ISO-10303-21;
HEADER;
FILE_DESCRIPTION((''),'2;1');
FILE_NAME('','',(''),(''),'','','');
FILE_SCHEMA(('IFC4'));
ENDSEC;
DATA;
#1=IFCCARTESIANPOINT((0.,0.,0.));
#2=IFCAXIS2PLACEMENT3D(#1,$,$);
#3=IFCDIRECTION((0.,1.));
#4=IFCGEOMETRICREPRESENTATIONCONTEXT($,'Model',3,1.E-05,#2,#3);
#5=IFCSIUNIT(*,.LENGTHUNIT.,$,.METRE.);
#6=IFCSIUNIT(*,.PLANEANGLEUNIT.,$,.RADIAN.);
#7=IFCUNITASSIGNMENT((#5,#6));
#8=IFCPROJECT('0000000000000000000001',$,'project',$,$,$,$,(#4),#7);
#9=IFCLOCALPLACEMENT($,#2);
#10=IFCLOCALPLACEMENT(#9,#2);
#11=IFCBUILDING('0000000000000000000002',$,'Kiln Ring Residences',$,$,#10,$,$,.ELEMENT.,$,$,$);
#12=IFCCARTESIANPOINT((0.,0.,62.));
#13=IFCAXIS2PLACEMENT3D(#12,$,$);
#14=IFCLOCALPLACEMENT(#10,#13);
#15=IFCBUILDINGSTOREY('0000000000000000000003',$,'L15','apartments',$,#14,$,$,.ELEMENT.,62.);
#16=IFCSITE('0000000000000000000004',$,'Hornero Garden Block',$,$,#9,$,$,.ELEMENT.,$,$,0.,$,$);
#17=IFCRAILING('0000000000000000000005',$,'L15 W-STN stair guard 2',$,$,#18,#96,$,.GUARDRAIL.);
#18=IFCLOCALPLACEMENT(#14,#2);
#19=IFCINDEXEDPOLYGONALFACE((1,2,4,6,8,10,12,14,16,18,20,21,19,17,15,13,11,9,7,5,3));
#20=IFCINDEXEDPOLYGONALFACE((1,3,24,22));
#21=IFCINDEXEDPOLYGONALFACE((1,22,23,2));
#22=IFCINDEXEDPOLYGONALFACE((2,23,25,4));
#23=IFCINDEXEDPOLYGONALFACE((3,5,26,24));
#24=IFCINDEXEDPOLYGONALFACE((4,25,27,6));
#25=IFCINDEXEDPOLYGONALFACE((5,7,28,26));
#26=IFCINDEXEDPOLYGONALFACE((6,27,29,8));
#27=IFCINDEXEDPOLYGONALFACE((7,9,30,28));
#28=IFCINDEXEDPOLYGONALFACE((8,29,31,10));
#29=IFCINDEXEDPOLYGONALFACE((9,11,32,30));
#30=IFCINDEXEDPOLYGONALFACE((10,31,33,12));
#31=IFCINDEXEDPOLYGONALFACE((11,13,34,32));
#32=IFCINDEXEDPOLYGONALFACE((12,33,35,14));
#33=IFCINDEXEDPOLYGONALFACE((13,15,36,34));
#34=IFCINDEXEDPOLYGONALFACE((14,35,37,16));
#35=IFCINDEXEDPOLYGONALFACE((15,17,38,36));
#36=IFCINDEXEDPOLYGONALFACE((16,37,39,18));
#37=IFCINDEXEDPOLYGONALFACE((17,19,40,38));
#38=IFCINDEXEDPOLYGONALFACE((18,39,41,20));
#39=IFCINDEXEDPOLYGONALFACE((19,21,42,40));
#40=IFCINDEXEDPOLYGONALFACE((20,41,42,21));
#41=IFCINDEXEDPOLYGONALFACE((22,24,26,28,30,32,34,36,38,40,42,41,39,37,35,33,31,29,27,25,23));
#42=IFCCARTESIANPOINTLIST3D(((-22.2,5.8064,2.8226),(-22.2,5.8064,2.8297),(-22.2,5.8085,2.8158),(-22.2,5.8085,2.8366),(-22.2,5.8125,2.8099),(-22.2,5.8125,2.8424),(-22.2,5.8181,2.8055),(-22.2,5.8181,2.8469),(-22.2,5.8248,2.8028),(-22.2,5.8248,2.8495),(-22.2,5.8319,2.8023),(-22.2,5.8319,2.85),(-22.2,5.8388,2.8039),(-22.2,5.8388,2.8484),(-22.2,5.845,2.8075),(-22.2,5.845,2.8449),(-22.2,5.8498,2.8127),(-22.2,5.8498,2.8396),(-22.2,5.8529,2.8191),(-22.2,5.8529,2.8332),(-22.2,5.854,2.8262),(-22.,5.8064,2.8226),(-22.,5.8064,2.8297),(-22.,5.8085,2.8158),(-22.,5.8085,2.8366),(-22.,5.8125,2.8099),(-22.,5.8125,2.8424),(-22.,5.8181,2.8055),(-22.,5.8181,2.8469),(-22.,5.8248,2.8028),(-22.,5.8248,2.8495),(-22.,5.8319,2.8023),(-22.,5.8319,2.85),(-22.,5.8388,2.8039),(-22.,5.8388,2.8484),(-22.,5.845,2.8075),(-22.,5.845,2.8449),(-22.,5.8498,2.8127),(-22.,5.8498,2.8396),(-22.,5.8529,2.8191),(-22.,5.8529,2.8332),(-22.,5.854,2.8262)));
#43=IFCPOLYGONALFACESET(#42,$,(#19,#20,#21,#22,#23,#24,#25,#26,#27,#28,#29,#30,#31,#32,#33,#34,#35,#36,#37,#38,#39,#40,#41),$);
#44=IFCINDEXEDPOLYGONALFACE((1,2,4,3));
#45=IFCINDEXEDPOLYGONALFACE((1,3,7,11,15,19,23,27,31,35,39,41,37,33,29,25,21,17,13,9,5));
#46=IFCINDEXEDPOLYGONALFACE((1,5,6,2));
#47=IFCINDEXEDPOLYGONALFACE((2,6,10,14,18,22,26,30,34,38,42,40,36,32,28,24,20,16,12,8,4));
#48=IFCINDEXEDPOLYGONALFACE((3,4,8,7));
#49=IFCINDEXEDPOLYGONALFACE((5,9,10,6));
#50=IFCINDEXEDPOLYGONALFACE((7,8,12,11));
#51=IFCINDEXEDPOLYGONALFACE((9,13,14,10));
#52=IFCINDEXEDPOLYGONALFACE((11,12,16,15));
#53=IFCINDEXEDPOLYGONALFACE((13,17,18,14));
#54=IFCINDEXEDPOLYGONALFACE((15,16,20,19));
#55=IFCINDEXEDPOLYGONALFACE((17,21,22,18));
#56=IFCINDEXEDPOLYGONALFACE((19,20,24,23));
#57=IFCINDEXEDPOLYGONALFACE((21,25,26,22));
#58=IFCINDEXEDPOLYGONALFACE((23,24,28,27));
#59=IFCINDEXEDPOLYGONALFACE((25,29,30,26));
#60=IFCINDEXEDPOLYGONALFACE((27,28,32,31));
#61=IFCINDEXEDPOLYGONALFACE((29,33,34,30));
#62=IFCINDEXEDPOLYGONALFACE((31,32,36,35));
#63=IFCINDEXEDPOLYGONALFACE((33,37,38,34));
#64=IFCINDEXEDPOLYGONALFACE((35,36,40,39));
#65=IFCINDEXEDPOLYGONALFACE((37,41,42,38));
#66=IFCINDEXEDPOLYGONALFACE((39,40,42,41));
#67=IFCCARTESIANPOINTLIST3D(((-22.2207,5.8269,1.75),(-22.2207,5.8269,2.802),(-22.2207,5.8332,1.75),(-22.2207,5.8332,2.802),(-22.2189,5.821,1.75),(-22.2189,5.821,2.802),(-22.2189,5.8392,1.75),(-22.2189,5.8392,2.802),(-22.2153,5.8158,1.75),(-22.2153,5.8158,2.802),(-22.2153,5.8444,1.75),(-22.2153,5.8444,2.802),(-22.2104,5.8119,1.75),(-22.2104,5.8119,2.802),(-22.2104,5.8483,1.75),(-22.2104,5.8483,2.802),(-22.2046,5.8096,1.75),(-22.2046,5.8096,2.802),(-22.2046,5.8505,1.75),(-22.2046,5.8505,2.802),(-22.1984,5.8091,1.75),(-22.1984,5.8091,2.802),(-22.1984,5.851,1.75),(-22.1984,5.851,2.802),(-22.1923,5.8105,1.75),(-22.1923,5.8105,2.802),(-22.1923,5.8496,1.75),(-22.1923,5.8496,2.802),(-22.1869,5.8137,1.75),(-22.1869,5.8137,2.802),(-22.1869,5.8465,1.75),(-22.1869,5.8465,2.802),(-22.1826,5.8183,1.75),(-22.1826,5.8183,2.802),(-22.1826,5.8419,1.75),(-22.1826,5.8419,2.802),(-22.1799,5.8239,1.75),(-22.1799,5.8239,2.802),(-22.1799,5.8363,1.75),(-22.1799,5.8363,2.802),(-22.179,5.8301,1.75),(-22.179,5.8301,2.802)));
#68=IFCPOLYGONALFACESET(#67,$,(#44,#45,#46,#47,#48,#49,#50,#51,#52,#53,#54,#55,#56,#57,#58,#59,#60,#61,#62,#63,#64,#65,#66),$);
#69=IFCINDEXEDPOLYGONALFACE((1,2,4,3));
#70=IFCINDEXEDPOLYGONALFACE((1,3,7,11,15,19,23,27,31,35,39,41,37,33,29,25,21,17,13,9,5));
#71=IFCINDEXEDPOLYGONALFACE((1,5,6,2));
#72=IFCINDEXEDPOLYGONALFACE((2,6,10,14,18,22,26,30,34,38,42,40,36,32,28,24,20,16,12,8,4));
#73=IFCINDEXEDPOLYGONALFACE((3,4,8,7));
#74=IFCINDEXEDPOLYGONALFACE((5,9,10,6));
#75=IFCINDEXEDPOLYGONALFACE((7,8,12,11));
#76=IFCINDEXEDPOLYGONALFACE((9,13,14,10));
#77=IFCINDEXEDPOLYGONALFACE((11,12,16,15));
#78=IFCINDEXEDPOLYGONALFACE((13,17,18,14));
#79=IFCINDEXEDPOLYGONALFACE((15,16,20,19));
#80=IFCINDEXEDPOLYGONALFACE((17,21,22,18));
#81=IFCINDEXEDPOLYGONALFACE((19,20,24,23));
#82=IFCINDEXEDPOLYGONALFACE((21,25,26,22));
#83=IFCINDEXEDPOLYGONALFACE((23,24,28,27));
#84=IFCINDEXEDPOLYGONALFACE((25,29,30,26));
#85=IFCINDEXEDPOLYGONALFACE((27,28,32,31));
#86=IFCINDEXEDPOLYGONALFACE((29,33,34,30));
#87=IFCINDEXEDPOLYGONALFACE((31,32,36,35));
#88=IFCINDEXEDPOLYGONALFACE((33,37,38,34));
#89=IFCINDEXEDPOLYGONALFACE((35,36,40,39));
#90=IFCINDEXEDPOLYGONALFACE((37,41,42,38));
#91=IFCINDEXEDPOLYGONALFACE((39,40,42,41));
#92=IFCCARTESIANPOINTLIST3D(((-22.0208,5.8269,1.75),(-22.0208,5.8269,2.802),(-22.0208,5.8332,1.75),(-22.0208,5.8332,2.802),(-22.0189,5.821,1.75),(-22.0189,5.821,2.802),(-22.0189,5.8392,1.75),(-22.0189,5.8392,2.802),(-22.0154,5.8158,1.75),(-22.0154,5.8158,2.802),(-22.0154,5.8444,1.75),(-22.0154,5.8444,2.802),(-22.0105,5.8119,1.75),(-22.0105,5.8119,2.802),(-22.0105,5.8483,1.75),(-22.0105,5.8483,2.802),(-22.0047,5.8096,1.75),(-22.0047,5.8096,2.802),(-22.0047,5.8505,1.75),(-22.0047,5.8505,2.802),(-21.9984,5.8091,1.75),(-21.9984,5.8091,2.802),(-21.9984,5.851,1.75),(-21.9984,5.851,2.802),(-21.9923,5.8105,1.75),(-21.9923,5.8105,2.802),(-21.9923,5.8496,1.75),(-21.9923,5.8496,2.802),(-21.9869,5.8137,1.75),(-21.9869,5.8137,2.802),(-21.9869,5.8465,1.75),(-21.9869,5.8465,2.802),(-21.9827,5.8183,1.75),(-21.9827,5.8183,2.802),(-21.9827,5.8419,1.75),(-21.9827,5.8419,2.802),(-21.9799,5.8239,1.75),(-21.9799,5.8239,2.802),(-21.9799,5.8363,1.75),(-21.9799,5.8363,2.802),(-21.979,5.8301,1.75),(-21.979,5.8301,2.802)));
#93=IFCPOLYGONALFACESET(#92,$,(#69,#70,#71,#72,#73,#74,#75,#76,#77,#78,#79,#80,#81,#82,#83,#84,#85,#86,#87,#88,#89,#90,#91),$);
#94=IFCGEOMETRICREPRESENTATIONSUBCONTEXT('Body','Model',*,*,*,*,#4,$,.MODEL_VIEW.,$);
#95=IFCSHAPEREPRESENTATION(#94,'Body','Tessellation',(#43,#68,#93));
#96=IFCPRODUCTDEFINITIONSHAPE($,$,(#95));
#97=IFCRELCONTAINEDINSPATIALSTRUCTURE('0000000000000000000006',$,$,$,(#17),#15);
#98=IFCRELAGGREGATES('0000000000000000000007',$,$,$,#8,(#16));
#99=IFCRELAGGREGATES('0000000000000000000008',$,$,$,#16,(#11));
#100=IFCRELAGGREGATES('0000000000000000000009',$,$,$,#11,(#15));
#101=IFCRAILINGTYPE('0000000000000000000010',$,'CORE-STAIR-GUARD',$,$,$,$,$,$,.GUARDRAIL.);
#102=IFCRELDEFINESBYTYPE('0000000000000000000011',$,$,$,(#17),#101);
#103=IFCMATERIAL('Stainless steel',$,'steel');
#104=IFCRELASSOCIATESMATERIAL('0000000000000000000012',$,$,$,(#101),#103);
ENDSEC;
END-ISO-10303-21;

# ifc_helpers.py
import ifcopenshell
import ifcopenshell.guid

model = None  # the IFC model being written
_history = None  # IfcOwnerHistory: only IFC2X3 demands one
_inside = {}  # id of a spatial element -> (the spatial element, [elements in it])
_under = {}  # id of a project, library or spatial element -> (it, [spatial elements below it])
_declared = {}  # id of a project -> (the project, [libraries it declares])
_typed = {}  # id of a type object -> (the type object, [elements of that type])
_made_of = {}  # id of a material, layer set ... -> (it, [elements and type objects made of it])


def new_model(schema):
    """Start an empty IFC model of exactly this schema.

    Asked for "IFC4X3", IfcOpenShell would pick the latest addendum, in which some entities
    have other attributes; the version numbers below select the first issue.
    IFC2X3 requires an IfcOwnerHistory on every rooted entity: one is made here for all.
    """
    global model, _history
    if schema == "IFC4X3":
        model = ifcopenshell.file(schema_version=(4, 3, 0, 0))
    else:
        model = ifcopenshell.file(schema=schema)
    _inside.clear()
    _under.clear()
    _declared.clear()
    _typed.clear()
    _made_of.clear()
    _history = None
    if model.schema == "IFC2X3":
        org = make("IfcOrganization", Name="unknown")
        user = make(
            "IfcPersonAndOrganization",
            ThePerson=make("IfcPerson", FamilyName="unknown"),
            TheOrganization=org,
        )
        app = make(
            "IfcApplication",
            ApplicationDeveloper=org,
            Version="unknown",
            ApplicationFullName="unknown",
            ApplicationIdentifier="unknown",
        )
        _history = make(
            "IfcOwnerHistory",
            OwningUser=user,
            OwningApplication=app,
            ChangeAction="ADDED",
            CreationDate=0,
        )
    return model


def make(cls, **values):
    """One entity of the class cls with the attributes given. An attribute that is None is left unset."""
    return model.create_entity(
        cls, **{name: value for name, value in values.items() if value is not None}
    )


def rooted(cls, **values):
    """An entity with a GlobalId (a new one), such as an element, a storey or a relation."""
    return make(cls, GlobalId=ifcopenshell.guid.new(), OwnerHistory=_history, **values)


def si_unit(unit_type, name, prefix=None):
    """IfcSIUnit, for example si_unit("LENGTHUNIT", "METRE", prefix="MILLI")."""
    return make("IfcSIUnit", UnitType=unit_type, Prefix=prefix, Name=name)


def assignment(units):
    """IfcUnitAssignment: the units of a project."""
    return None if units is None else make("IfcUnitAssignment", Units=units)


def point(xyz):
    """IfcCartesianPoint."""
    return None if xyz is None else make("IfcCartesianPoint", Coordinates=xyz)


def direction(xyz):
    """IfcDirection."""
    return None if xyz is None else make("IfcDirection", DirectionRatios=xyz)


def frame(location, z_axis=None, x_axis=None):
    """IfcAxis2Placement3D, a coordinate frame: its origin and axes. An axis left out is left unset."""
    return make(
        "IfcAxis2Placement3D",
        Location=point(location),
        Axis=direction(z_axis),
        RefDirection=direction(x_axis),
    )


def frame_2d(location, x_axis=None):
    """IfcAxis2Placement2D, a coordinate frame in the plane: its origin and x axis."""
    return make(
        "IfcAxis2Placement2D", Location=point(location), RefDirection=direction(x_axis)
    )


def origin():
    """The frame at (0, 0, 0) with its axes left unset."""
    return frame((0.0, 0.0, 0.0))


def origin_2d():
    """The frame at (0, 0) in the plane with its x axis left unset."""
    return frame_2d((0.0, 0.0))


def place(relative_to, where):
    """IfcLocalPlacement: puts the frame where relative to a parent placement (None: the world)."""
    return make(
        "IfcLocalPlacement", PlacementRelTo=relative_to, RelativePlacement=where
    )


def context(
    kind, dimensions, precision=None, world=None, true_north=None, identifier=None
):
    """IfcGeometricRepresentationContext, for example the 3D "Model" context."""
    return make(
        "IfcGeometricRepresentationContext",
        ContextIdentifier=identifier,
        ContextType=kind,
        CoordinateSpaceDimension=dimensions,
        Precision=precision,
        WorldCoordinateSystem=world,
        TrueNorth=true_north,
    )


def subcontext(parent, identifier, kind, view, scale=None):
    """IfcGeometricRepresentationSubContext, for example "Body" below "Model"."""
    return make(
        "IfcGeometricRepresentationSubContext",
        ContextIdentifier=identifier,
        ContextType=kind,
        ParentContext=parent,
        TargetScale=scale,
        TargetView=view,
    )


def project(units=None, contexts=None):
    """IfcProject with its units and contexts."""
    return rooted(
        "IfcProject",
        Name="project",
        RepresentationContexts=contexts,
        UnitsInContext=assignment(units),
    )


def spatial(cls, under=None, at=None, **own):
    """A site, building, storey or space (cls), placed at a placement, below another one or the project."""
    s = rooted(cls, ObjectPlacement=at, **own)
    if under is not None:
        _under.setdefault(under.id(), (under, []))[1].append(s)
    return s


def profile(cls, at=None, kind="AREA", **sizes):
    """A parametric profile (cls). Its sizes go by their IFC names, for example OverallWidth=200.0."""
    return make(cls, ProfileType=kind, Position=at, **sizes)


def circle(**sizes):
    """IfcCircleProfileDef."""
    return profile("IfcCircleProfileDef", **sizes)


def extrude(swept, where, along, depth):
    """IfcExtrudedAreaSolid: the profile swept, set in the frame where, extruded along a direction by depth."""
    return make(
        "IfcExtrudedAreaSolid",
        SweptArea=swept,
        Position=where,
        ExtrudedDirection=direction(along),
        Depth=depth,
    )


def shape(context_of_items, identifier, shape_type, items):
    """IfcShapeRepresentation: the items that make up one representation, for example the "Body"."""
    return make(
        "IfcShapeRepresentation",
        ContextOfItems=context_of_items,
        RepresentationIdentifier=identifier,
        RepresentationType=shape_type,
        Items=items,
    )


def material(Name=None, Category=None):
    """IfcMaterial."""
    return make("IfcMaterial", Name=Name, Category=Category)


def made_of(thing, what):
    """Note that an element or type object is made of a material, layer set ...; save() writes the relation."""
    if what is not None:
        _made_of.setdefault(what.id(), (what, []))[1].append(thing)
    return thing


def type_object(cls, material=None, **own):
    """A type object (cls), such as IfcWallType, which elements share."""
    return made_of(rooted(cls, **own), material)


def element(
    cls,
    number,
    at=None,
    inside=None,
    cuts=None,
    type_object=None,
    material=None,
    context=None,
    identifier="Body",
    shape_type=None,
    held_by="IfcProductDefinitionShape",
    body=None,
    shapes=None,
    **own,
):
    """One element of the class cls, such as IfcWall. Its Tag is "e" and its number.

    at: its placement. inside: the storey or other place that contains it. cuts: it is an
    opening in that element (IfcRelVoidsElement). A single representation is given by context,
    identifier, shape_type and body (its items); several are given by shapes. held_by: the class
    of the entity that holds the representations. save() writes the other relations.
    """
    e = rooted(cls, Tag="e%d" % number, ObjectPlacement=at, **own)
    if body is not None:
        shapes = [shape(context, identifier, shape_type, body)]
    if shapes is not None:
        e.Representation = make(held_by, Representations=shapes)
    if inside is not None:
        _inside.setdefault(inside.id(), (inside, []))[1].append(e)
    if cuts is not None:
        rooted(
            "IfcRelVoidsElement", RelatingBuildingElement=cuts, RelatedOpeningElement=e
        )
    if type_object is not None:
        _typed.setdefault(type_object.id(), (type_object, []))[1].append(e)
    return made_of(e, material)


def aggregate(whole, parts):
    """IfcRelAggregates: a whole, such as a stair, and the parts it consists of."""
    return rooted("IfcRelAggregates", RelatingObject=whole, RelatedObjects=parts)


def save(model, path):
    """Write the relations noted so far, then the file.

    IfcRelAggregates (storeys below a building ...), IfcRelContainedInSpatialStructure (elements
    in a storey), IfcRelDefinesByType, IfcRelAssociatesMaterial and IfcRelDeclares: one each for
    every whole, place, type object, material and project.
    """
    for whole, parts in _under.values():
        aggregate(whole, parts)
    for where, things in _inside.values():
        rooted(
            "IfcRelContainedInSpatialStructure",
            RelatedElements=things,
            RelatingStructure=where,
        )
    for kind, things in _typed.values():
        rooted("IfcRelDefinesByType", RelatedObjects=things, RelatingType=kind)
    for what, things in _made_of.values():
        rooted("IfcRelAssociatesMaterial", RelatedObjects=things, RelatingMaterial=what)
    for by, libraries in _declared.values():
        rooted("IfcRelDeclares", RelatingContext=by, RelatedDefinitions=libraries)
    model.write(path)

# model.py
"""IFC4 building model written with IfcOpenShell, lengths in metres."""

from ifc_helpers import new_model, si_unit, direction, frame, origin, origin_2d, place, context, subcontext, project, spatial, circle, extrude, material, type_object, element, save


model = new_model("IFC4")

# Units and contexts
model_context = context("Model", 3, precision=1e-05, world=origin(), true_north=direction((0.0, 1.0)))
body_context = subcontext(model_context, "Body", "Model", "MODEL_VIEW")
ifc_project = project(units=[si_unit("LENGTHUNIT", "METRE"), si_unit("PLANEANGLEUNIT", "RADIAN")], contexts=[model_context])

# Site, building, storey
site_placement = place(None, origin())
site = spatial("IfcSite", under=ifc_project, at=site_placement, Name="Hornero Garden Block", CompositionType="ELEMENT", RefElevation=0.0)
building_placement = place(site_placement, origin())
building = spatial("IfcBuilding", under=site, at=building_placement, Name="Kiln Ring Residences", CompositionType="ELEMENT")
storey_placement = place(building_placement, frame((0.0, 0.0, 62.0)))
storey = spatial("IfcBuildingStorey", under=building, at=storey_placement, Name="L15", Description="apartments", CompositionType="ELEMENT", Elevation=62.0)

# Railing
ifc_material_1 = material(Name="Stainless steel", Category="steel")
railing_type_1 = type_object("IfcRailingType", Name="CORE-STAIR-GUARD", PredefinedType="GUARDRAIL", material=ifc_material_1)
railing_1_placement = place(storey_placement, frame((-22.2, 5.8301, 1.75)))
element("IfcRailing", 1, at=railing_1_placement, inside=storey, type_object=railing_type_1, Name="L15 W-STN stair guard 2", PredefinedType="GUARDRAIL", context=body_context, shape_type="SweptSolid", body=[
    extrude(circle(Radius=0.0239, at=origin_2d()), frame((0.0, 0.0, 1.0762), z_axis=(1.0, 0.0, 0.0), x_axis=(0.0, 1.0, 0.0)), (0.0, 0.0, 1.0), 0.2),
    extrude(circle(Radius=0.021, at=origin_2d()), origin(), (0.0, 0.0, 1.0), 1.052),
    extrude(circle(Radius=0.021, at=origin_2d()), frame((0.2, 0.0, 0.0)), (0.0, 0.0, 1.0), 1.052),
])

save(model, "model.ifc")
